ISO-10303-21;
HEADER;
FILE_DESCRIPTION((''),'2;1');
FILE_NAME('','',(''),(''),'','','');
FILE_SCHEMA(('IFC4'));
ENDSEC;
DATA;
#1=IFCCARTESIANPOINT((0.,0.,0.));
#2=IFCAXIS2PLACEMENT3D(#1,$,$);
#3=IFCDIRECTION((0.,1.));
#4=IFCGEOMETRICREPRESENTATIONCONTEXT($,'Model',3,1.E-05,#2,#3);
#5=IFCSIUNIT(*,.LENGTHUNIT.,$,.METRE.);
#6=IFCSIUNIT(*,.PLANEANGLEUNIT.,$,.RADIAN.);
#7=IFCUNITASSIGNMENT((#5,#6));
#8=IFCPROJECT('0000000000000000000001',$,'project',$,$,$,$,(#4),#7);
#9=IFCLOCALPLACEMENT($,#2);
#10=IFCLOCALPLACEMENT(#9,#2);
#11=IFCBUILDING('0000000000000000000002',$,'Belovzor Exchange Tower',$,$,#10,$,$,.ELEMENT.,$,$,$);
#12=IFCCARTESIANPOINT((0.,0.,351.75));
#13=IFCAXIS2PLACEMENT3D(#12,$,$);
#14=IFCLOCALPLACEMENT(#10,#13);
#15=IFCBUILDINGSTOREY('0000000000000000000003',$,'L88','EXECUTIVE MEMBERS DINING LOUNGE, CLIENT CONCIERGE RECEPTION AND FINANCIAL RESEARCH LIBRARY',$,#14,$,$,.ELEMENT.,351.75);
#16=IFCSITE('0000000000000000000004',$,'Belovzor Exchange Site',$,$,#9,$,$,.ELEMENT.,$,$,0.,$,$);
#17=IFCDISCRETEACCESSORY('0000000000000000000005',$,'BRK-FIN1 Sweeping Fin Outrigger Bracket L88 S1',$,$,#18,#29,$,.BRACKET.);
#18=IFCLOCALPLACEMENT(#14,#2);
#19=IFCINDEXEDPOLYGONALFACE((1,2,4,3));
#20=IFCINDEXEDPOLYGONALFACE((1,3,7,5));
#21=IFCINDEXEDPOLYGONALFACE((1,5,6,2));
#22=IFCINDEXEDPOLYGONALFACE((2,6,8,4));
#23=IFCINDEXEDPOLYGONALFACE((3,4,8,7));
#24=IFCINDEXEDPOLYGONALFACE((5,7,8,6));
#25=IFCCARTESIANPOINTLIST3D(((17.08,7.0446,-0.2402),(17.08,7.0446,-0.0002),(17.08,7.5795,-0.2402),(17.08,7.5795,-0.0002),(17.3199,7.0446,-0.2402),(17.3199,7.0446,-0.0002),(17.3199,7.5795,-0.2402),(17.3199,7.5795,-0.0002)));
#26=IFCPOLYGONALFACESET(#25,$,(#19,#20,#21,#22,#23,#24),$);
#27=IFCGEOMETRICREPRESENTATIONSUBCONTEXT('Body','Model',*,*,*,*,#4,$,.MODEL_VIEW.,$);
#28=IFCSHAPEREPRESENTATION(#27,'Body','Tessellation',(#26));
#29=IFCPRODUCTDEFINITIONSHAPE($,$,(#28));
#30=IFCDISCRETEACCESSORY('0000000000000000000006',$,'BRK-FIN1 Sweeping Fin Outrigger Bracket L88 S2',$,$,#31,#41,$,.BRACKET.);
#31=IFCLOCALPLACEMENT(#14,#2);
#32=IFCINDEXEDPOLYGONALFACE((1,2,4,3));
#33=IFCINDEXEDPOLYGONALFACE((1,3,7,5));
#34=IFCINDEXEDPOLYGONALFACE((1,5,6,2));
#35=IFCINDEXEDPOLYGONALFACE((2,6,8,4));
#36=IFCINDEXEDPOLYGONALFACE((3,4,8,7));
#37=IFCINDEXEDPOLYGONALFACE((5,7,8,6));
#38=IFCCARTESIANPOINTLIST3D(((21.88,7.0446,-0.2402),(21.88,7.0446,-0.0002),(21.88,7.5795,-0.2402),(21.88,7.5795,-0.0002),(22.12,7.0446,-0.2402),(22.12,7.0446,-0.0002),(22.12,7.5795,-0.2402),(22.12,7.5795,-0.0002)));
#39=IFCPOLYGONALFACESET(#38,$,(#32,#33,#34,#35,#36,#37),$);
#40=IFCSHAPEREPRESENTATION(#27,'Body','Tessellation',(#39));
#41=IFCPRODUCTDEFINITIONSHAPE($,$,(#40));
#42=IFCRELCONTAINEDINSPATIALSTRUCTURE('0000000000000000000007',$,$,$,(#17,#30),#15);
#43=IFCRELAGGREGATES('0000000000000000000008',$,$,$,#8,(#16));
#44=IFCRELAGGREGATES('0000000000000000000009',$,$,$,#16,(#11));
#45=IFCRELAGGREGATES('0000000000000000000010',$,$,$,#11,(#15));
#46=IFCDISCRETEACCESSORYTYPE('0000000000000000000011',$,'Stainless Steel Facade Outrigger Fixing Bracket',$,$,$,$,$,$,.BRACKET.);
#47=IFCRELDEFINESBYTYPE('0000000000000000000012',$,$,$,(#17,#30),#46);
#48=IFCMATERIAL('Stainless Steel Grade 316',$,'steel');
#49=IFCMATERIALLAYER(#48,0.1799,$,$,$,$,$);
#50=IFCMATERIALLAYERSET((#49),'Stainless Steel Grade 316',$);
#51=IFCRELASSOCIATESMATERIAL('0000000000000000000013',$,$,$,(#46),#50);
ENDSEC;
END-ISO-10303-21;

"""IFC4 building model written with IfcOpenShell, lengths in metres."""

from ifc_helpers import new_model, si_unit, direction, frame, origin, origin_2d, place, context, subcontext, project, spatial, rectangle, extrude, material, layer, layer_set, type_object, element, save


model = new_model("IFC4")

# Units and contexts
model_context = context("Model", 3, precision=1e-05, world=origin(), true_north=direction((0.0, 1.0)))
body_context = subcontext(model_context, "Body", "Model", "MODEL_VIEW")
ifc_project = project(units=[si_unit("LENGTHUNIT", "METRE"), si_unit("PLANEANGLEUNIT", "RADIAN")], contexts=[model_context])

# Site, building, storey
site_placement = place(None, origin())
site = spatial("IfcSite", under=ifc_project, at=site_placement, Name="Belovzor Exchange Site", CompositionType="ELEMENT", RefElevation=0.0)
building_placement = place(site_placement, origin())
building = spatial("IfcBuilding", under=site, at=building_placement, Name="Belovzor Exchange Tower", CompositionType="ELEMENT")
storey_placement = place(building_placement, frame((0.0, 0.0, 351.75)))
storey = spatial("IfcBuildingStorey", under=building, at=storey_placement, Name="L88", Description="EXECUTIVE MEMBERS DINING LOUNGE, CLIENT CONCIERGE RECEPTION AND FINANCIAL RESEARCH LIBRARY", CompositionType="ELEMENT", Elevation=351.75)

# Discrete accessories
ifc_material_1 = material(Name="Stainless Steel Grade 316", Category="steel")
ifc_layer_1 = layer(ifc_material_1, 0.1799)
ifc_layer_set_1 = layer_set([ifc_layer_1], Name="Stainless Steel Grade 316")
discrete_accessory_type = type_object("IfcDiscreteAccessoryType", Name="Stainless Steel Facade Outrigger Fixing Bracket", PredefinedType="BRACKET", material=ifc_layer_set_1)
for number, where, z_axis, x_axis, name in (
    (1, (17.2, 7.312, -0.2402), (0.0, 0.0, 1.0), (0.0, 1.0, 0.0), "BRK-FIN1 Sweeping Fin Outrigger Bracket L88 S1"),
    (2, (22.0, 7.312, -0.2402), (0.0, 0.0, 1.0), (0.0, 1.0, 0.0), "BRK-FIN1 Sweeping Fin Outrigger Bracket L88 S2"),
):
    element("IfcDiscreteAccessory", number, at=place(storey_placement, frame(where, z_axis=z_axis, x_axis=x_axis)), inside=storey, type_object=discrete_accessory_type, Name=name, PredefinedType="BRACKET", context=body_context, shape_type="SweptSolid", body=[
        extrude(rectangle(XDim=0.5349, YDim=0.24, at=origin_2d()), origin(), (0.0, 0.0, 1.0), 0.24),
    ])

save(model, "model.ifc")
